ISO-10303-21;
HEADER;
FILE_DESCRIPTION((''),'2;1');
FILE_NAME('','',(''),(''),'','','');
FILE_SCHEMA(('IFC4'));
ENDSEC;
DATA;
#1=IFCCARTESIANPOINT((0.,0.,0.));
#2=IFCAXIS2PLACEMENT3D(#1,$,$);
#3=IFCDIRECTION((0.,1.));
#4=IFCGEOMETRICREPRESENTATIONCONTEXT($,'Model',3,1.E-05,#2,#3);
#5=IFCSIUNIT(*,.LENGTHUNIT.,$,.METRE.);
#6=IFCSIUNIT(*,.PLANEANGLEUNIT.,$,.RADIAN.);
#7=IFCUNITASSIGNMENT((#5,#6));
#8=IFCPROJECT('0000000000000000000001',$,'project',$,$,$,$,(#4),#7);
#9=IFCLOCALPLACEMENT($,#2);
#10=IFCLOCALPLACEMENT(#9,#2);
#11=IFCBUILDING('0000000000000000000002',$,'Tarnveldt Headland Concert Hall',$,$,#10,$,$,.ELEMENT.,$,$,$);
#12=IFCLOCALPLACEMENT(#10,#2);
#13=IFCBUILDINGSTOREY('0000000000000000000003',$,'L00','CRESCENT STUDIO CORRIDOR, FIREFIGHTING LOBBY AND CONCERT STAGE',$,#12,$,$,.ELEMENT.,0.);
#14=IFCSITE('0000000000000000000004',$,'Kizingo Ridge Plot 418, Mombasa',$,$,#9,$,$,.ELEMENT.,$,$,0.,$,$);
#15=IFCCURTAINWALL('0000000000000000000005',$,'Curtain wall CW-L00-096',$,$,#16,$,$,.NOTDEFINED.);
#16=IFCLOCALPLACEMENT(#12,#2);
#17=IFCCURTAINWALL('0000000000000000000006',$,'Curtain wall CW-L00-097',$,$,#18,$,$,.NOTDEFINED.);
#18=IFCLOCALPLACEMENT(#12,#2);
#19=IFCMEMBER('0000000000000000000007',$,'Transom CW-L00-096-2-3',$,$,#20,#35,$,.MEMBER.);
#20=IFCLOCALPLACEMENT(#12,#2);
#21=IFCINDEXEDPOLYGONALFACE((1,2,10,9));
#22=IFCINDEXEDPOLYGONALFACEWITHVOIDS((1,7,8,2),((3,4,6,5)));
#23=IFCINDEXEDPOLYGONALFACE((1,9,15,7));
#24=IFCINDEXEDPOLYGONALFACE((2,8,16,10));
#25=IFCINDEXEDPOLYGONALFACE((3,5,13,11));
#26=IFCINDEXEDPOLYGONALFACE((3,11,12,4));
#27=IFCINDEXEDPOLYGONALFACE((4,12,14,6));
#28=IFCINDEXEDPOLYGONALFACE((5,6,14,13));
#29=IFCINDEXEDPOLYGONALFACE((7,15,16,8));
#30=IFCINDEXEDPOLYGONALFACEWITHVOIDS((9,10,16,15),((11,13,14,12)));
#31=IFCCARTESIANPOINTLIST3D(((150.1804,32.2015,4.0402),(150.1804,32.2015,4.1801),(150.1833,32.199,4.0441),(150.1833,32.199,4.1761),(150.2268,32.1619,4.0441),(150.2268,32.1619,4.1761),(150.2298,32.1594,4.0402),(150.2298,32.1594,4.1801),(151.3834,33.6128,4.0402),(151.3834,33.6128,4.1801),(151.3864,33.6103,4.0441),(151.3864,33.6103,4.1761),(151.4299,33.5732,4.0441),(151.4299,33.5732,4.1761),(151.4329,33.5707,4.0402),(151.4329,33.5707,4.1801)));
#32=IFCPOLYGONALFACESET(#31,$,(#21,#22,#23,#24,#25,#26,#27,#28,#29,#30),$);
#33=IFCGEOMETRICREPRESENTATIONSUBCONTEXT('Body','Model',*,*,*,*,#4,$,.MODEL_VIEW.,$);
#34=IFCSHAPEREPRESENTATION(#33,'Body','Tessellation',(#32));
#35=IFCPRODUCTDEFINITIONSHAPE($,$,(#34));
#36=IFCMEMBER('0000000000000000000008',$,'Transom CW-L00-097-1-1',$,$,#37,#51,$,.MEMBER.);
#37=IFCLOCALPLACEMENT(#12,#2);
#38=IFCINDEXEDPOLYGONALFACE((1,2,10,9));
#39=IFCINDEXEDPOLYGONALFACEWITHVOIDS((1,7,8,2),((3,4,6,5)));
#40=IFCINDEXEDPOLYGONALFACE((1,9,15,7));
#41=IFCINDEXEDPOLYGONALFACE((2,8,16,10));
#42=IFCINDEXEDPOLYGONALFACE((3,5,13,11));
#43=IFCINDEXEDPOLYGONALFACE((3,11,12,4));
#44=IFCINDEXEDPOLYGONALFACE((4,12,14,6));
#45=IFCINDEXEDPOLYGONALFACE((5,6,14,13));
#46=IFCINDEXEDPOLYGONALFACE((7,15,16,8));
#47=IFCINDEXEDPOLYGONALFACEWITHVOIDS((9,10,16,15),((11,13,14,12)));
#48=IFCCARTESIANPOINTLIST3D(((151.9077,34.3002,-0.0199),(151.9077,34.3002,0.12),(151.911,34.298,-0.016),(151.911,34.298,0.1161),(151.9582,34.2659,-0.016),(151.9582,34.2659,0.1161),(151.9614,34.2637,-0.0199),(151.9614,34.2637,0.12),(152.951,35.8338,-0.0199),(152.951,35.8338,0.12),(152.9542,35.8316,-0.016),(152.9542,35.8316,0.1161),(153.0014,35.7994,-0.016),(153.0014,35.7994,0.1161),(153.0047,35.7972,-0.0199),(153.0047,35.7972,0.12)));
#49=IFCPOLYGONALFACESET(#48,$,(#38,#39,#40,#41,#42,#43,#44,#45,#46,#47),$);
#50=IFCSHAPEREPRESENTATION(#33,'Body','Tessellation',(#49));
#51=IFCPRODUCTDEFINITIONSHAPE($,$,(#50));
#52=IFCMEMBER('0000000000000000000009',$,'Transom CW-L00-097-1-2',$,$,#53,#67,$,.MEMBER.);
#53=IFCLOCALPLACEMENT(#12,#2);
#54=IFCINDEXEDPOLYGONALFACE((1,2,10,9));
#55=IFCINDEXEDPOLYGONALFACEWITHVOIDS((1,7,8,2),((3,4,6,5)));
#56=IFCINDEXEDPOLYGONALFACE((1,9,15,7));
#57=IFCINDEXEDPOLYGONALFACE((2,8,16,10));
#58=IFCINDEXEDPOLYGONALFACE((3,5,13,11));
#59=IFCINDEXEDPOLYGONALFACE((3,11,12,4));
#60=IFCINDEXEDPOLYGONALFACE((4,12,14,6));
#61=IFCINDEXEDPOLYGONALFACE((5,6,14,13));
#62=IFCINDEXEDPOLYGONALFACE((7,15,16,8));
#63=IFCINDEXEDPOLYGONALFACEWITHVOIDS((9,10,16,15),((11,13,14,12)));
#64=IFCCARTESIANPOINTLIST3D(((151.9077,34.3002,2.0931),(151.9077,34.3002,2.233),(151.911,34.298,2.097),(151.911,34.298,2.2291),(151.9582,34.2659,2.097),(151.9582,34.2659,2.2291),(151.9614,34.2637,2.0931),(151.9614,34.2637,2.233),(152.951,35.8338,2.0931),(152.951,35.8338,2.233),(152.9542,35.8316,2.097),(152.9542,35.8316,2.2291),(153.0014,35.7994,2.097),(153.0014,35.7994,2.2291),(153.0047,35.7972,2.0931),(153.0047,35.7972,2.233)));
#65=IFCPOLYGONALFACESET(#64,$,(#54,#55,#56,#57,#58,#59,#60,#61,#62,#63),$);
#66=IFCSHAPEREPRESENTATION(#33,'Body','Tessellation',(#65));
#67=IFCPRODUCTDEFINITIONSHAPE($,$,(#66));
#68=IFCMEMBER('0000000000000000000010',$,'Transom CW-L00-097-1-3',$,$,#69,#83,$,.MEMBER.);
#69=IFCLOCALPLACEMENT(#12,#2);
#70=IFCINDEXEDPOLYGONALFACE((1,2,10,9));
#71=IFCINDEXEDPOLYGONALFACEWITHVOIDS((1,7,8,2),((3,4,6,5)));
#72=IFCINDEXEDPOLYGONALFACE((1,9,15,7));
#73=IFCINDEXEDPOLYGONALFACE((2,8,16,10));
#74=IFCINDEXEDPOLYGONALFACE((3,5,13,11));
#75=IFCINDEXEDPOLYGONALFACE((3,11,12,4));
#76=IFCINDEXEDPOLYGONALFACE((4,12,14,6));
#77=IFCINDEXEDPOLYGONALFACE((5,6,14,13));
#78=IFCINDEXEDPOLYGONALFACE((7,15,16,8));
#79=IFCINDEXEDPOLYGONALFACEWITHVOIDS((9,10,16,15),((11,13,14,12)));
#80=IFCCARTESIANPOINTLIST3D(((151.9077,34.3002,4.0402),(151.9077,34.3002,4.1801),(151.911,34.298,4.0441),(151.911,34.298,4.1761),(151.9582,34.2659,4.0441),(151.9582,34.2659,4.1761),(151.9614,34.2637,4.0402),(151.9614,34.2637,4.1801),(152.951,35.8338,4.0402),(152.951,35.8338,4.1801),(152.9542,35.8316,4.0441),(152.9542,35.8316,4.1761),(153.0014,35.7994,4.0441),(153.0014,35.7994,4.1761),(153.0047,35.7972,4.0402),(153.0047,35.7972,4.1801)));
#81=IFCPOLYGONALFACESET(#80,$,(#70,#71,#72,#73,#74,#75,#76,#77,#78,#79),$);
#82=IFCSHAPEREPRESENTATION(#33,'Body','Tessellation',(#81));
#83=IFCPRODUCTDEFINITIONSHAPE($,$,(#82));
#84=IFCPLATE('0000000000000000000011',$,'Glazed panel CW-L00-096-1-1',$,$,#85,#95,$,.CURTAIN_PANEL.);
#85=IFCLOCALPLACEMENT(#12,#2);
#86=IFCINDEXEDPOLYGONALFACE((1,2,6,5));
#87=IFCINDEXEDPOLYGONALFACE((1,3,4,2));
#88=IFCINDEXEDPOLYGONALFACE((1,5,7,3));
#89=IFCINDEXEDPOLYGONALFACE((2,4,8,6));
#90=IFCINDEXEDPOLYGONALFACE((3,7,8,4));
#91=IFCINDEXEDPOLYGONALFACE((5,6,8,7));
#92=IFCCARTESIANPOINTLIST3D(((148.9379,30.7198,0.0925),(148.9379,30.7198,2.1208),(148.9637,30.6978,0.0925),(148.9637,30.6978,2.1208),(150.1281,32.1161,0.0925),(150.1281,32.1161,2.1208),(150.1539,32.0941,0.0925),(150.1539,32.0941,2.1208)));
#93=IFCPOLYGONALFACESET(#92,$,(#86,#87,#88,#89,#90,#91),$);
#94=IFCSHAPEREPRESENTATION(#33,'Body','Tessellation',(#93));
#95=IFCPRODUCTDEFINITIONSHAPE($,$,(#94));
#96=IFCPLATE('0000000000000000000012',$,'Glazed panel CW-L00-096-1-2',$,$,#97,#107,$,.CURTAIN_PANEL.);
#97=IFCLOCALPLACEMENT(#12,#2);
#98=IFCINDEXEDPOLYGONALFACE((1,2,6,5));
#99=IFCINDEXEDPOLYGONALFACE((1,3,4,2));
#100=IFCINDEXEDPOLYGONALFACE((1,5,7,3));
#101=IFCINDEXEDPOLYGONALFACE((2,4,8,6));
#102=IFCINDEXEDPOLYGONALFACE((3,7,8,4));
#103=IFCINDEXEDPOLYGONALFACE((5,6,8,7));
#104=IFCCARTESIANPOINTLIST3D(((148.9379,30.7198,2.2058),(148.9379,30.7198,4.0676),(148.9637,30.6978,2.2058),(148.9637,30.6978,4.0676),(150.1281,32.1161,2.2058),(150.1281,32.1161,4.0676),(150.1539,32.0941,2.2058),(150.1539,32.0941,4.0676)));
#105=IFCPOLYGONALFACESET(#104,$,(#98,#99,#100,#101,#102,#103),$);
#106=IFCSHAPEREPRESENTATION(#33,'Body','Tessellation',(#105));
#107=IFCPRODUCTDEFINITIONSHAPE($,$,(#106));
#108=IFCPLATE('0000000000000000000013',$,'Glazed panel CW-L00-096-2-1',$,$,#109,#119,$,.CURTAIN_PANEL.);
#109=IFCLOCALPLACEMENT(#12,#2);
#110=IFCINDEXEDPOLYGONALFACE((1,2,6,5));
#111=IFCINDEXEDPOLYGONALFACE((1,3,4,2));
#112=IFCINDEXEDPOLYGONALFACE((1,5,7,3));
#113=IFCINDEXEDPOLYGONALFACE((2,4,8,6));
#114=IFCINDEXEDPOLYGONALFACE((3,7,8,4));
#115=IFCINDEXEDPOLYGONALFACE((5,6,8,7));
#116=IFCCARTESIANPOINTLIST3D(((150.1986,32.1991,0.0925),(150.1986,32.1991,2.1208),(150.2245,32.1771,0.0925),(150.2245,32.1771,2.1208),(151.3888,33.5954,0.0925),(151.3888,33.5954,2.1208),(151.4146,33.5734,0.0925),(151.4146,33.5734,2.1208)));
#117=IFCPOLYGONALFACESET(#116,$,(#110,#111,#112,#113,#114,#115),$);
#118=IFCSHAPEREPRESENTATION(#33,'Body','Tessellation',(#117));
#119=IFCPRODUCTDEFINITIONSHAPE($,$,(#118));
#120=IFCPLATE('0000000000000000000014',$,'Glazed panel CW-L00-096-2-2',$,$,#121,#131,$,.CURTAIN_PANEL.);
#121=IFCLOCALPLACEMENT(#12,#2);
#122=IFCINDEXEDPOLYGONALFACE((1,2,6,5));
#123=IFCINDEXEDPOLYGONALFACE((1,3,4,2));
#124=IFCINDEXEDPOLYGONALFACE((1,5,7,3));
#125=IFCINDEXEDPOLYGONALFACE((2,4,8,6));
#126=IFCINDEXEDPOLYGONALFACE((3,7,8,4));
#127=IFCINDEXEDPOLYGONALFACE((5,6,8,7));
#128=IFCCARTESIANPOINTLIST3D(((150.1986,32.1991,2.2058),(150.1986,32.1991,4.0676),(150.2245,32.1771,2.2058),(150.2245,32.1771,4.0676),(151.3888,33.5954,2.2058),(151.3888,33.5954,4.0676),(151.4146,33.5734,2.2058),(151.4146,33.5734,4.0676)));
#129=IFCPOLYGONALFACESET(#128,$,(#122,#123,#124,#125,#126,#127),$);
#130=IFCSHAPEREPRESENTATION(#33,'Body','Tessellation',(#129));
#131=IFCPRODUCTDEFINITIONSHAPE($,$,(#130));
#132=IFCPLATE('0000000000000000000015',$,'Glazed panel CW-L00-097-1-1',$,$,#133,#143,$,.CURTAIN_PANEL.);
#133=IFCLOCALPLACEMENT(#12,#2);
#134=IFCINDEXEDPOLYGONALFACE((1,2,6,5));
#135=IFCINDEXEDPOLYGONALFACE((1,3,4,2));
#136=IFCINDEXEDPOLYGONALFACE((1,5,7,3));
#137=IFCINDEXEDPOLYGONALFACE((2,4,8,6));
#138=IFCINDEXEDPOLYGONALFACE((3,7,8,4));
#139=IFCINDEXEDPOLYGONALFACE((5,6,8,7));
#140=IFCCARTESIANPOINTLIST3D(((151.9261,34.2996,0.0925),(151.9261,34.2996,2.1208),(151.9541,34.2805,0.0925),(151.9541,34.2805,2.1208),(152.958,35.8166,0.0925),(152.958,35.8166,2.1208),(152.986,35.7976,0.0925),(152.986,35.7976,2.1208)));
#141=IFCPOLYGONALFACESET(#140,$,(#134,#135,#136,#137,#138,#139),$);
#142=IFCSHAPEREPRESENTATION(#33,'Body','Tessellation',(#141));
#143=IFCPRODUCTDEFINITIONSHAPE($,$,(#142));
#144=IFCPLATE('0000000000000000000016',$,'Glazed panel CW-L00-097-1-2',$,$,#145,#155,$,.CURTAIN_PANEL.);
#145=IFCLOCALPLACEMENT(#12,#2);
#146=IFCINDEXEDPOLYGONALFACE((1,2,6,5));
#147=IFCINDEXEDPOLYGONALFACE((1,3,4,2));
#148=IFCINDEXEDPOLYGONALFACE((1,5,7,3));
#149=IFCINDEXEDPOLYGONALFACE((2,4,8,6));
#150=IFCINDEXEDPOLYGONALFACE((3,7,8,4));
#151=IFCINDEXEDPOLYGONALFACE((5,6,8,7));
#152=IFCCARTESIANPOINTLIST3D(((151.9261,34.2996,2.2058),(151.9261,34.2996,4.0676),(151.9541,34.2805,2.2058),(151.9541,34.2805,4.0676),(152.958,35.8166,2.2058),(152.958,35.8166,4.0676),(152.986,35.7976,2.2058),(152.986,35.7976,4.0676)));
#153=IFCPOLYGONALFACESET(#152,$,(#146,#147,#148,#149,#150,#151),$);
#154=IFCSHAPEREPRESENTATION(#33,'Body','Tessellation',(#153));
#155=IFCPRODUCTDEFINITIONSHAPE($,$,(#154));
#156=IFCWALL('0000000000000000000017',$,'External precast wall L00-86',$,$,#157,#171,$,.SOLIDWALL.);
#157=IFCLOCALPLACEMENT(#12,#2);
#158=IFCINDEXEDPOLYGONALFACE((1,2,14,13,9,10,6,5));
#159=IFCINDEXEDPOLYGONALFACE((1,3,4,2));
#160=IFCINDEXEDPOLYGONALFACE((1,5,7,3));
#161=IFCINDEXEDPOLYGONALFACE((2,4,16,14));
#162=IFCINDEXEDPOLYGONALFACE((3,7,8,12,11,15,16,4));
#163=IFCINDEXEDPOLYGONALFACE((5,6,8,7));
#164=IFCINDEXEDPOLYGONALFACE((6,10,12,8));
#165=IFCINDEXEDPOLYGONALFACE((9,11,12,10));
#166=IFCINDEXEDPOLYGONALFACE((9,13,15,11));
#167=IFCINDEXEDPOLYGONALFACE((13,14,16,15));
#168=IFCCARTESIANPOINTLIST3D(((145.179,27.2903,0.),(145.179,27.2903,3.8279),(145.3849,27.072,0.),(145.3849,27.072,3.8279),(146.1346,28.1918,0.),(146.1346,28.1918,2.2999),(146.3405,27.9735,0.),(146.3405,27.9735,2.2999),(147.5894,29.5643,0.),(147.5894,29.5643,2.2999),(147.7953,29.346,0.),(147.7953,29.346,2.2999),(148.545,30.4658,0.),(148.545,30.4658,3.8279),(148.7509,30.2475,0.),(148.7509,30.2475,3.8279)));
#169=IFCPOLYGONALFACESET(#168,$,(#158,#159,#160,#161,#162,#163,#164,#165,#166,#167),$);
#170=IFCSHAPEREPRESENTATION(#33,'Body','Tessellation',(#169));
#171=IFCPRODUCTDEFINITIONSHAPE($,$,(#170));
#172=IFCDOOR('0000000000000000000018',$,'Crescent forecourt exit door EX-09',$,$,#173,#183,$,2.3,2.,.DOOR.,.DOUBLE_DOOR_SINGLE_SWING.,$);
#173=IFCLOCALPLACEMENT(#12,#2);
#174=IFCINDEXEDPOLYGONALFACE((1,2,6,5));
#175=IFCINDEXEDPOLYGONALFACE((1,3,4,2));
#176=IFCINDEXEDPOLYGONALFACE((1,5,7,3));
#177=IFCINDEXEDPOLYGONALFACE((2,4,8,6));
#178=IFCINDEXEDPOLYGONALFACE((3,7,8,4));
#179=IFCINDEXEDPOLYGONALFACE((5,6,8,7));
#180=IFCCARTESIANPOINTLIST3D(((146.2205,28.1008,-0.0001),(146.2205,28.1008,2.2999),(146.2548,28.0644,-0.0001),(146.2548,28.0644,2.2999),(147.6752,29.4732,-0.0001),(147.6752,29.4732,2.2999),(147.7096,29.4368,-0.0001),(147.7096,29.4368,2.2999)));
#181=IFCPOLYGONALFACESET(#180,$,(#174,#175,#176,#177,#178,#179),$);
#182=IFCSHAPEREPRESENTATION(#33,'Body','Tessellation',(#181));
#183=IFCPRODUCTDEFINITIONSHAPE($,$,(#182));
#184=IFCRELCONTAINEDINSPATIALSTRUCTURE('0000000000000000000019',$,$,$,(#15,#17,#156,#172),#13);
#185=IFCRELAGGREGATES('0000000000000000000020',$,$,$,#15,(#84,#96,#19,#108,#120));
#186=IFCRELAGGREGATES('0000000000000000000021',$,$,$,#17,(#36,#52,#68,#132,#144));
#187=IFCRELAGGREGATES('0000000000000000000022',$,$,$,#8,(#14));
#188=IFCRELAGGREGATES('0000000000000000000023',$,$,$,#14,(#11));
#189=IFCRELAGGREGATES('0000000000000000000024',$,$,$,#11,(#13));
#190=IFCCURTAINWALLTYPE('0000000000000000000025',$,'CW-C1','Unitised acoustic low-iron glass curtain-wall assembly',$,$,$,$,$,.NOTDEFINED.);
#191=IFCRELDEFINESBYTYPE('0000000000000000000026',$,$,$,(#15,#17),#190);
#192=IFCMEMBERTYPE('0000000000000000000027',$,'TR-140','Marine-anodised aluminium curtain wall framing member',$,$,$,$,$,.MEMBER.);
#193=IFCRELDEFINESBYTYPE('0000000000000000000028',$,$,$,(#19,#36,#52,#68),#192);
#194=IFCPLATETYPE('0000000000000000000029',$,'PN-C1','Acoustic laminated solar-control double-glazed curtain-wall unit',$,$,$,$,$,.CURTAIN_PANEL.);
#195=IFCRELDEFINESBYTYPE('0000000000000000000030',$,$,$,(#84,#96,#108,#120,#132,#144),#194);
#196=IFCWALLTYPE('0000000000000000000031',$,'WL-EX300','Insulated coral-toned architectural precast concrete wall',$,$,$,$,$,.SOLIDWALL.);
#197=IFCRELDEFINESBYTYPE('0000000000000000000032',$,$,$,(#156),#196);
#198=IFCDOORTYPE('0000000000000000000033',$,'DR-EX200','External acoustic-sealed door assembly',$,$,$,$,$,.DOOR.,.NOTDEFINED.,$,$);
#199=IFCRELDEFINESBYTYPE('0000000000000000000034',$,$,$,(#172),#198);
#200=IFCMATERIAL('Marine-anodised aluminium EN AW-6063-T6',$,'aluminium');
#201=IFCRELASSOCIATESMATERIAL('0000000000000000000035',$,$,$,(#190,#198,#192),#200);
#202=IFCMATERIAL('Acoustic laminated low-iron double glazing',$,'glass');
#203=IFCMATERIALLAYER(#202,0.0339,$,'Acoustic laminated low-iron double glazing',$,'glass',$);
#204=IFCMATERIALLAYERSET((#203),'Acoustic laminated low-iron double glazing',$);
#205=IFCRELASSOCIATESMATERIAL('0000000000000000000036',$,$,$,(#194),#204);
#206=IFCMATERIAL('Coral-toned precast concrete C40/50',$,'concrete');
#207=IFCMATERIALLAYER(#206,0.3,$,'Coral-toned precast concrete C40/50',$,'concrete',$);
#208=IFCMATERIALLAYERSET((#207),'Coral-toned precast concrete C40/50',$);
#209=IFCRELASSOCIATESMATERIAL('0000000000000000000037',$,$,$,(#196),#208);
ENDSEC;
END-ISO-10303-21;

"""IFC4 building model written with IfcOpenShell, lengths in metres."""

from ifc_helpers import new_model, si_unit, direction, frame, frame_2d, origin, origin_2d, place, context, subcontext, project, spatial, rectangle, hollow_rectangle, extrude, material, layer, layer_set, material_profile, profile_set, type_object, element, fill, aggregate, save


model = new_model("IFC4")

# Units and contexts
model_context = context("Model", 3, precision=1e-05, world=origin(), true_north=direction((0.0, 1.0)))
body_context = subcontext(model_context, "Body", "Model", "MODEL_VIEW")
ifc_project = project(units=[si_unit("LENGTHUNIT", "METRE"), si_unit("PLANEANGLEUNIT", "RADIAN")], contexts=[model_context])

# Site, building, storey
site_placement = place(None, origin())
site = spatial("IfcSite", under=ifc_project, at=site_placement, Name="Kizingo Ridge Plot 418, Mombasa", CompositionType="ELEMENT", RefElevation=0.0)
building_placement = place(site_placement, origin())
building = spatial("IfcBuilding", under=site, at=building_placement, Name="Tarnveldt Headland Concert Hall", CompositionType="ELEMENT")
storey_placement = place(building_placement, origin())
storey = spatial("IfcBuildingStorey", under=building, at=storey_placement, Name="L00", Description="CRESCENT STUDIO CORRIDOR, FIREFIGHTING LOBBY AND CONCERT STAGE", CompositionType="ELEMENT", Elevation=0.0)

# Curtain walls
ifc_material_1 = material(Name="Marine-anodised aluminium EN AW-6063-T6", Category="aluminium")
curtain_wall_type = type_object("IfcCurtainWallType", Name="CW-C1", Description="Unitised acoustic low-iron glass curtain-wall assembly", PredefinedType="NOTDEFINED", material=ifc_material_1)
curtain_wall_1_placement = place(storey_placement, origin())
curtain_wall_1 = element("IfcCurtainWall", 1, at=curtain_wall_1_placement, inside=storey, type_object=curtain_wall_type, Name="Curtain wall CW-L00-096", PredefinedType="NOTDEFINED")
curtain_wall_2_placement = place(storey_placement, origin())
curtain_wall_2 = element("IfcCurtainWall", 2, at=curtain_wall_2_placement, inside=storey, type_object=curtain_wall_type, Name="Curtain wall CW-L00-097", PredefinedType="NOTDEFINED")

# Members
ifc_material_profile_1 = material_profile(ifc_material_1, hollow_rectangle(XDim=0.0649, YDim=0.1399, WallThickness=0.0039, at=origin_2d()), Name="ALU TRANSOM 65x140x4", Category="aluminium")
ifc_profile_set_1 = profile_set([ifc_material_profile_1], Name="Marine-anodised aluminium EN AW-6063-T6")
member_type_1 = type_object("IfcMemberType", Name="TR-140", Description="Marine-anodised aluminium curtain wall framing member", PredefinedType="MEMBER", material=ifc_profile_set_1)
member_1_placement = place(storey_placement, frame((150.2051, 32.1804, 4.1101), z_axis=(0.648729, 0.761019, 0.0), x_axis=(-0.761019, 0.648729, 0.0)))
member_1 = element("IfcMember", 3, at=member_1_placement, type_object=member_type_1, Name="Transom CW-L00-096-2-3", PredefinedType="MEMBER", context=body_context, shape_type="SweptSolid", body=[
    extrude(hollow_rectangle(XDim=0.0649, YDim=0.1399, WallThickness=0.0039, at=origin_2d()), origin(), (0.0, 0.0, 1.0), 1.8545),
])
member_2_placement = place(storey_placement, frame((151.9346, 34.282, 0.05), z_axis=(0.562483, 0.826809, 0.0), x_axis=(-0.826809, 0.562483, 0.0)))
member_2 = element("IfcMember", 4, at=member_2_placement, type_object=member_type_1, Name="Transom CW-L00-097-1-1", PredefinedType="MEMBER", context=body_context, shape_type="SweptSolid", body=[
    extrude(hollow_rectangle(XDim=0.0649, YDim=0.1399, WallThickness=0.0039, at=origin_2d()), origin(), (0.0, 0.0, 1.0), 1.8547),
])
member_3_placement = place(storey_placement, frame((151.9346, 34.282, 2.1631), z_axis=(0.562483, 0.826809, 0.0), x_axis=(-0.826809, 0.562483, 0.0)))
member_3 = element("IfcMember", 5, at=member_3_placement, type_object=member_type_1, Name="Transom CW-L00-097-1-2", PredefinedType="MEMBER", context=body_context, shape_type="SweptSolid", body=[
    extrude(hollow_rectangle(XDim=0.0649, YDim=0.1399, WallThickness=0.0039, at=origin_2d()), origin(), (0.0, 0.0, 1.0), 1.8547),
])
member_4_placement = place(storey_placement, frame((151.9346, 34.282, 4.1101), z_axis=(0.562483, 0.826809, 0.0), x_axis=(-0.826809, 0.562483, 0.0)))
member_4 = element("IfcMember", 6, at=member_4_placement, type_object=member_type_1, Name="Transom CW-L00-097-1-3", PredefinedType="MEMBER", context=body_context, shape_type="SweptSolid", body=[
    extrude(hollow_rectangle(XDim=0.0649, YDim=0.1399, WallThickness=0.0039, at=origin_2d()), origin(), (0.0, 0.0, 1.0), 1.8547),
])

# Plates
ifc_material_2 = material(Name="Acoustic laminated low-iron double glazing", Category="glass")
ifc_layer_1 = layer(ifc_material_2, 0.0339, Name="Acoustic laminated low-iron double glazing", Category="glass")
ifc_layer_set_1 = layer_set([ifc_layer_1], Name="Acoustic laminated low-iron double glazing")
plate_type = type_object("IfcPlateType", Name="PN-C1", Description="Acoustic laminated solar-control double-glazed curtain-wall unit", PredefinedType="CURTAIN_PANEL", material=ifc_layer_set_1)
plate_1_placement = place(storey_placement, frame((149.5459, 31.407, 0.0925), z_axis=(0.0, 0.0, 1.0), x_axis=(0.648705, 0.76104, 0.0)))
plate_1 = element("IfcPlate", 7, at=plate_1_placement, type_object=plate_type, Name="Glazed panel CW-L00-096-1-1", PredefinedType="CURTAIN_PANEL", context=body_context, shape_type="SweptSolid", body=[
    extrude(rectangle(XDim=1.8347, YDim=0.0339, at=origin_2d()), origin(), (0.0, 0.0, 1.0), 2.0283),
])
plate_2_placement = place(storey_placement, frame((149.5459, 31.407, 2.2058), z_axis=(0.0, 0.0, 1.0), x_axis=(0.648705, 0.76104, 0.0)))
plate_2 = element("IfcPlate", 8, at=plate_2_placement, type_object=plate_type, Name="Glazed panel CW-L00-096-1-2", PredefinedType="CURTAIN_PANEL", context=body_context, shape_type="SweptSolid", body=[
    extrude(rectangle(XDim=1.8347, YDim=0.0339, at=origin_2d()), origin(), (0.0, 0.0, 1.0), 1.8618),
])
plate_3_placement = place(storey_placement, frame((150.8066, 32.8862, 0.0925), z_axis=(0.0, 0.0, 1.0), x_axis=(0.648705, 0.76104, 0.0)))
plate_3 = element("IfcPlate", 9, at=plate_3_placement, type_object=plate_type, Name="Glazed panel CW-L00-096-2-1", PredefinedType="CURTAIN_PANEL", context=body_context, shape_type="SweptSolid", body=[
    extrude(rectangle(XDim=1.8347, YDim=0.0339, at=origin_2d()), origin(), (0.0, 0.0, 1.0), 2.0283),
])
plate_4_placement = place(storey_placement, frame((150.8066, 32.8862, 2.2058), z_axis=(0.0, 0.0, 1.0), x_axis=(0.648705, 0.76104, 0.0)))
plate_4 = element("IfcPlate", 10, at=plate_4_placement, type_object=plate_type, Name="Glazed panel CW-L00-096-2-2", PredefinedType="CURTAIN_PANEL", context=body_context, shape_type="SweptSolid", body=[
    extrude(rectangle(XDim=1.8347, YDim=0.0339, at=origin_2d()), origin(), (0.0, 0.0, 1.0), 1.8618),
])
aggregate(curtain_wall_1, [plate_1, plate_2, member_1, plate_3, plate_4])
plate_5_placement = place(storey_placement, frame((152.4561, 35.0486, 0.0925), z_axis=(0.0, 0.0, 1.0), x_axis=(0.56243, 0.826845, 0.0)))
plate_5 = element("IfcPlate", 11, at=plate_5_placement, type_object=plate_type, Name="Glazed panel CW-L00-097-1-1", PredefinedType="CURTAIN_PANEL", context=body_context, shape_type="SweptSolid", body=[
    extrude(rectangle(XDim=1.8347, YDim=0.0339, at=origin_2d()), origin(), (0.0, 0.0, 1.0), 2.0283),
])
plate_6_placement = place(storey_placement, frame((152.4561, 35.0486, 2.2058), z_axis=(0.0, 0.0, 1.0), x_axis=(0.56243, 0.826845, 0.0)))
plate_6 = element("IfcPlate", 12, at=plate_6_placement, type_object=plate_type, Name="Glazed panel CW-L00-097-1-2", PredefinedType="CURTAIN_PANEL", context=body_context, shape_type="SweptSolid", body=[
    extrude(rectangle(XDim=1.8347, YDim=0.0339, at=origin_2d()), origin(), (0.0, 0.0, 1.0), 1.8618),
])
aggregate(curtain_wall_2, [member_2, member_3, member_4, plate_5, plate_6])

# Wall, opening, door
ifc_material_3 = material(Name="Coral-toned precast concrete C40/50", Category="concrete")
ifc_layer_2 = layer(ifc_material_3, 0.3, Name="Coral-toned precast concrete C40/50", Category="concrete")
ifc_layer_set_2 = layer_set([ifc_layer_2], Name="Coral-toned precast concrete C40/50")
wall_type = type_object("IfcWallType", Name="WL-EX300", Description="Insulated coral-toned architectural precast concrete wall", PredefinedType="SOLIDWALL", material=ifc_layer_set_2)
wall_placement = place(storey_placement, frame((145.282, 27.1812, 0.0), z_axis=(0.0, 0.0, 1.0), x_axis=(0.727383, 0.686231, 0.0)))
wall = element("IfcWall", 13, at=wall_placement, inside=storey, type_object=wall_type, Name="External precast wall L00-86", PredefinedType="SOLIDWALL", context=body_context, shape_type="SweptSolid", body=[
    extrude(rectangle(XDim=4.6274, YDim=0.3, at=frame_2d((2.3137, 0.0))), origin(), (0.0, 0.0, 1.0), 3.8279),
])
opening_placement = place(wall_placement, frame((1.3137, 0.0, 0.0)))
opening = element("IfcOpeningElement", 14, at=opening_placement, cuts=wall, PredefinedType="OPENING", context=body_context, shape_type="SweptSolid", body=[
    extrude(rectangle(XDim=2.0, YDim=2.3, at=frame_2d((1.0, 1.1499))), frame((0.0, 0.1599, 0.0), z_axis=(0.0, -1.0, 0.0), x_axis=(1.0, 0.0, 0.0)), (0.0, 0.0, 1.0), 0.3201),
])
door_type = type_object("IfcDoorType", Name="DR-EX200", Description="External acoustic-sealed door assembly", OperationType="NOTDEFINED", PredefinedType="DOOR", material=ifc_material_1)
door_placement = place(opening_placement, origin())
door = element("IfcDoor", 15, at=door_placement, inside=storey, type_object=door_type, Name="Crescent forecourt exit door EX-09", OperationType="DOUBLE_DOOR_SINGLE_SWING", OverallHeight=2.3, OverallWidth=2.0, PredefinedType="DOOR", context=body_context, shape_type="SweptSolid", body=[
    extrude(rectangle(XDim=2.0, YDim=2.3, at=frame_2d((1.0, 1.1499))), frame((0.0, 0.0249, 0.0), z_axis=(0.0, -1.0, 0.0), x_axis=(1.0, 0.0, 0.0)), (0.0, 0.0, 1.0), 0.05),
])
fill(opening, door)

save(model, "model.ifc")
